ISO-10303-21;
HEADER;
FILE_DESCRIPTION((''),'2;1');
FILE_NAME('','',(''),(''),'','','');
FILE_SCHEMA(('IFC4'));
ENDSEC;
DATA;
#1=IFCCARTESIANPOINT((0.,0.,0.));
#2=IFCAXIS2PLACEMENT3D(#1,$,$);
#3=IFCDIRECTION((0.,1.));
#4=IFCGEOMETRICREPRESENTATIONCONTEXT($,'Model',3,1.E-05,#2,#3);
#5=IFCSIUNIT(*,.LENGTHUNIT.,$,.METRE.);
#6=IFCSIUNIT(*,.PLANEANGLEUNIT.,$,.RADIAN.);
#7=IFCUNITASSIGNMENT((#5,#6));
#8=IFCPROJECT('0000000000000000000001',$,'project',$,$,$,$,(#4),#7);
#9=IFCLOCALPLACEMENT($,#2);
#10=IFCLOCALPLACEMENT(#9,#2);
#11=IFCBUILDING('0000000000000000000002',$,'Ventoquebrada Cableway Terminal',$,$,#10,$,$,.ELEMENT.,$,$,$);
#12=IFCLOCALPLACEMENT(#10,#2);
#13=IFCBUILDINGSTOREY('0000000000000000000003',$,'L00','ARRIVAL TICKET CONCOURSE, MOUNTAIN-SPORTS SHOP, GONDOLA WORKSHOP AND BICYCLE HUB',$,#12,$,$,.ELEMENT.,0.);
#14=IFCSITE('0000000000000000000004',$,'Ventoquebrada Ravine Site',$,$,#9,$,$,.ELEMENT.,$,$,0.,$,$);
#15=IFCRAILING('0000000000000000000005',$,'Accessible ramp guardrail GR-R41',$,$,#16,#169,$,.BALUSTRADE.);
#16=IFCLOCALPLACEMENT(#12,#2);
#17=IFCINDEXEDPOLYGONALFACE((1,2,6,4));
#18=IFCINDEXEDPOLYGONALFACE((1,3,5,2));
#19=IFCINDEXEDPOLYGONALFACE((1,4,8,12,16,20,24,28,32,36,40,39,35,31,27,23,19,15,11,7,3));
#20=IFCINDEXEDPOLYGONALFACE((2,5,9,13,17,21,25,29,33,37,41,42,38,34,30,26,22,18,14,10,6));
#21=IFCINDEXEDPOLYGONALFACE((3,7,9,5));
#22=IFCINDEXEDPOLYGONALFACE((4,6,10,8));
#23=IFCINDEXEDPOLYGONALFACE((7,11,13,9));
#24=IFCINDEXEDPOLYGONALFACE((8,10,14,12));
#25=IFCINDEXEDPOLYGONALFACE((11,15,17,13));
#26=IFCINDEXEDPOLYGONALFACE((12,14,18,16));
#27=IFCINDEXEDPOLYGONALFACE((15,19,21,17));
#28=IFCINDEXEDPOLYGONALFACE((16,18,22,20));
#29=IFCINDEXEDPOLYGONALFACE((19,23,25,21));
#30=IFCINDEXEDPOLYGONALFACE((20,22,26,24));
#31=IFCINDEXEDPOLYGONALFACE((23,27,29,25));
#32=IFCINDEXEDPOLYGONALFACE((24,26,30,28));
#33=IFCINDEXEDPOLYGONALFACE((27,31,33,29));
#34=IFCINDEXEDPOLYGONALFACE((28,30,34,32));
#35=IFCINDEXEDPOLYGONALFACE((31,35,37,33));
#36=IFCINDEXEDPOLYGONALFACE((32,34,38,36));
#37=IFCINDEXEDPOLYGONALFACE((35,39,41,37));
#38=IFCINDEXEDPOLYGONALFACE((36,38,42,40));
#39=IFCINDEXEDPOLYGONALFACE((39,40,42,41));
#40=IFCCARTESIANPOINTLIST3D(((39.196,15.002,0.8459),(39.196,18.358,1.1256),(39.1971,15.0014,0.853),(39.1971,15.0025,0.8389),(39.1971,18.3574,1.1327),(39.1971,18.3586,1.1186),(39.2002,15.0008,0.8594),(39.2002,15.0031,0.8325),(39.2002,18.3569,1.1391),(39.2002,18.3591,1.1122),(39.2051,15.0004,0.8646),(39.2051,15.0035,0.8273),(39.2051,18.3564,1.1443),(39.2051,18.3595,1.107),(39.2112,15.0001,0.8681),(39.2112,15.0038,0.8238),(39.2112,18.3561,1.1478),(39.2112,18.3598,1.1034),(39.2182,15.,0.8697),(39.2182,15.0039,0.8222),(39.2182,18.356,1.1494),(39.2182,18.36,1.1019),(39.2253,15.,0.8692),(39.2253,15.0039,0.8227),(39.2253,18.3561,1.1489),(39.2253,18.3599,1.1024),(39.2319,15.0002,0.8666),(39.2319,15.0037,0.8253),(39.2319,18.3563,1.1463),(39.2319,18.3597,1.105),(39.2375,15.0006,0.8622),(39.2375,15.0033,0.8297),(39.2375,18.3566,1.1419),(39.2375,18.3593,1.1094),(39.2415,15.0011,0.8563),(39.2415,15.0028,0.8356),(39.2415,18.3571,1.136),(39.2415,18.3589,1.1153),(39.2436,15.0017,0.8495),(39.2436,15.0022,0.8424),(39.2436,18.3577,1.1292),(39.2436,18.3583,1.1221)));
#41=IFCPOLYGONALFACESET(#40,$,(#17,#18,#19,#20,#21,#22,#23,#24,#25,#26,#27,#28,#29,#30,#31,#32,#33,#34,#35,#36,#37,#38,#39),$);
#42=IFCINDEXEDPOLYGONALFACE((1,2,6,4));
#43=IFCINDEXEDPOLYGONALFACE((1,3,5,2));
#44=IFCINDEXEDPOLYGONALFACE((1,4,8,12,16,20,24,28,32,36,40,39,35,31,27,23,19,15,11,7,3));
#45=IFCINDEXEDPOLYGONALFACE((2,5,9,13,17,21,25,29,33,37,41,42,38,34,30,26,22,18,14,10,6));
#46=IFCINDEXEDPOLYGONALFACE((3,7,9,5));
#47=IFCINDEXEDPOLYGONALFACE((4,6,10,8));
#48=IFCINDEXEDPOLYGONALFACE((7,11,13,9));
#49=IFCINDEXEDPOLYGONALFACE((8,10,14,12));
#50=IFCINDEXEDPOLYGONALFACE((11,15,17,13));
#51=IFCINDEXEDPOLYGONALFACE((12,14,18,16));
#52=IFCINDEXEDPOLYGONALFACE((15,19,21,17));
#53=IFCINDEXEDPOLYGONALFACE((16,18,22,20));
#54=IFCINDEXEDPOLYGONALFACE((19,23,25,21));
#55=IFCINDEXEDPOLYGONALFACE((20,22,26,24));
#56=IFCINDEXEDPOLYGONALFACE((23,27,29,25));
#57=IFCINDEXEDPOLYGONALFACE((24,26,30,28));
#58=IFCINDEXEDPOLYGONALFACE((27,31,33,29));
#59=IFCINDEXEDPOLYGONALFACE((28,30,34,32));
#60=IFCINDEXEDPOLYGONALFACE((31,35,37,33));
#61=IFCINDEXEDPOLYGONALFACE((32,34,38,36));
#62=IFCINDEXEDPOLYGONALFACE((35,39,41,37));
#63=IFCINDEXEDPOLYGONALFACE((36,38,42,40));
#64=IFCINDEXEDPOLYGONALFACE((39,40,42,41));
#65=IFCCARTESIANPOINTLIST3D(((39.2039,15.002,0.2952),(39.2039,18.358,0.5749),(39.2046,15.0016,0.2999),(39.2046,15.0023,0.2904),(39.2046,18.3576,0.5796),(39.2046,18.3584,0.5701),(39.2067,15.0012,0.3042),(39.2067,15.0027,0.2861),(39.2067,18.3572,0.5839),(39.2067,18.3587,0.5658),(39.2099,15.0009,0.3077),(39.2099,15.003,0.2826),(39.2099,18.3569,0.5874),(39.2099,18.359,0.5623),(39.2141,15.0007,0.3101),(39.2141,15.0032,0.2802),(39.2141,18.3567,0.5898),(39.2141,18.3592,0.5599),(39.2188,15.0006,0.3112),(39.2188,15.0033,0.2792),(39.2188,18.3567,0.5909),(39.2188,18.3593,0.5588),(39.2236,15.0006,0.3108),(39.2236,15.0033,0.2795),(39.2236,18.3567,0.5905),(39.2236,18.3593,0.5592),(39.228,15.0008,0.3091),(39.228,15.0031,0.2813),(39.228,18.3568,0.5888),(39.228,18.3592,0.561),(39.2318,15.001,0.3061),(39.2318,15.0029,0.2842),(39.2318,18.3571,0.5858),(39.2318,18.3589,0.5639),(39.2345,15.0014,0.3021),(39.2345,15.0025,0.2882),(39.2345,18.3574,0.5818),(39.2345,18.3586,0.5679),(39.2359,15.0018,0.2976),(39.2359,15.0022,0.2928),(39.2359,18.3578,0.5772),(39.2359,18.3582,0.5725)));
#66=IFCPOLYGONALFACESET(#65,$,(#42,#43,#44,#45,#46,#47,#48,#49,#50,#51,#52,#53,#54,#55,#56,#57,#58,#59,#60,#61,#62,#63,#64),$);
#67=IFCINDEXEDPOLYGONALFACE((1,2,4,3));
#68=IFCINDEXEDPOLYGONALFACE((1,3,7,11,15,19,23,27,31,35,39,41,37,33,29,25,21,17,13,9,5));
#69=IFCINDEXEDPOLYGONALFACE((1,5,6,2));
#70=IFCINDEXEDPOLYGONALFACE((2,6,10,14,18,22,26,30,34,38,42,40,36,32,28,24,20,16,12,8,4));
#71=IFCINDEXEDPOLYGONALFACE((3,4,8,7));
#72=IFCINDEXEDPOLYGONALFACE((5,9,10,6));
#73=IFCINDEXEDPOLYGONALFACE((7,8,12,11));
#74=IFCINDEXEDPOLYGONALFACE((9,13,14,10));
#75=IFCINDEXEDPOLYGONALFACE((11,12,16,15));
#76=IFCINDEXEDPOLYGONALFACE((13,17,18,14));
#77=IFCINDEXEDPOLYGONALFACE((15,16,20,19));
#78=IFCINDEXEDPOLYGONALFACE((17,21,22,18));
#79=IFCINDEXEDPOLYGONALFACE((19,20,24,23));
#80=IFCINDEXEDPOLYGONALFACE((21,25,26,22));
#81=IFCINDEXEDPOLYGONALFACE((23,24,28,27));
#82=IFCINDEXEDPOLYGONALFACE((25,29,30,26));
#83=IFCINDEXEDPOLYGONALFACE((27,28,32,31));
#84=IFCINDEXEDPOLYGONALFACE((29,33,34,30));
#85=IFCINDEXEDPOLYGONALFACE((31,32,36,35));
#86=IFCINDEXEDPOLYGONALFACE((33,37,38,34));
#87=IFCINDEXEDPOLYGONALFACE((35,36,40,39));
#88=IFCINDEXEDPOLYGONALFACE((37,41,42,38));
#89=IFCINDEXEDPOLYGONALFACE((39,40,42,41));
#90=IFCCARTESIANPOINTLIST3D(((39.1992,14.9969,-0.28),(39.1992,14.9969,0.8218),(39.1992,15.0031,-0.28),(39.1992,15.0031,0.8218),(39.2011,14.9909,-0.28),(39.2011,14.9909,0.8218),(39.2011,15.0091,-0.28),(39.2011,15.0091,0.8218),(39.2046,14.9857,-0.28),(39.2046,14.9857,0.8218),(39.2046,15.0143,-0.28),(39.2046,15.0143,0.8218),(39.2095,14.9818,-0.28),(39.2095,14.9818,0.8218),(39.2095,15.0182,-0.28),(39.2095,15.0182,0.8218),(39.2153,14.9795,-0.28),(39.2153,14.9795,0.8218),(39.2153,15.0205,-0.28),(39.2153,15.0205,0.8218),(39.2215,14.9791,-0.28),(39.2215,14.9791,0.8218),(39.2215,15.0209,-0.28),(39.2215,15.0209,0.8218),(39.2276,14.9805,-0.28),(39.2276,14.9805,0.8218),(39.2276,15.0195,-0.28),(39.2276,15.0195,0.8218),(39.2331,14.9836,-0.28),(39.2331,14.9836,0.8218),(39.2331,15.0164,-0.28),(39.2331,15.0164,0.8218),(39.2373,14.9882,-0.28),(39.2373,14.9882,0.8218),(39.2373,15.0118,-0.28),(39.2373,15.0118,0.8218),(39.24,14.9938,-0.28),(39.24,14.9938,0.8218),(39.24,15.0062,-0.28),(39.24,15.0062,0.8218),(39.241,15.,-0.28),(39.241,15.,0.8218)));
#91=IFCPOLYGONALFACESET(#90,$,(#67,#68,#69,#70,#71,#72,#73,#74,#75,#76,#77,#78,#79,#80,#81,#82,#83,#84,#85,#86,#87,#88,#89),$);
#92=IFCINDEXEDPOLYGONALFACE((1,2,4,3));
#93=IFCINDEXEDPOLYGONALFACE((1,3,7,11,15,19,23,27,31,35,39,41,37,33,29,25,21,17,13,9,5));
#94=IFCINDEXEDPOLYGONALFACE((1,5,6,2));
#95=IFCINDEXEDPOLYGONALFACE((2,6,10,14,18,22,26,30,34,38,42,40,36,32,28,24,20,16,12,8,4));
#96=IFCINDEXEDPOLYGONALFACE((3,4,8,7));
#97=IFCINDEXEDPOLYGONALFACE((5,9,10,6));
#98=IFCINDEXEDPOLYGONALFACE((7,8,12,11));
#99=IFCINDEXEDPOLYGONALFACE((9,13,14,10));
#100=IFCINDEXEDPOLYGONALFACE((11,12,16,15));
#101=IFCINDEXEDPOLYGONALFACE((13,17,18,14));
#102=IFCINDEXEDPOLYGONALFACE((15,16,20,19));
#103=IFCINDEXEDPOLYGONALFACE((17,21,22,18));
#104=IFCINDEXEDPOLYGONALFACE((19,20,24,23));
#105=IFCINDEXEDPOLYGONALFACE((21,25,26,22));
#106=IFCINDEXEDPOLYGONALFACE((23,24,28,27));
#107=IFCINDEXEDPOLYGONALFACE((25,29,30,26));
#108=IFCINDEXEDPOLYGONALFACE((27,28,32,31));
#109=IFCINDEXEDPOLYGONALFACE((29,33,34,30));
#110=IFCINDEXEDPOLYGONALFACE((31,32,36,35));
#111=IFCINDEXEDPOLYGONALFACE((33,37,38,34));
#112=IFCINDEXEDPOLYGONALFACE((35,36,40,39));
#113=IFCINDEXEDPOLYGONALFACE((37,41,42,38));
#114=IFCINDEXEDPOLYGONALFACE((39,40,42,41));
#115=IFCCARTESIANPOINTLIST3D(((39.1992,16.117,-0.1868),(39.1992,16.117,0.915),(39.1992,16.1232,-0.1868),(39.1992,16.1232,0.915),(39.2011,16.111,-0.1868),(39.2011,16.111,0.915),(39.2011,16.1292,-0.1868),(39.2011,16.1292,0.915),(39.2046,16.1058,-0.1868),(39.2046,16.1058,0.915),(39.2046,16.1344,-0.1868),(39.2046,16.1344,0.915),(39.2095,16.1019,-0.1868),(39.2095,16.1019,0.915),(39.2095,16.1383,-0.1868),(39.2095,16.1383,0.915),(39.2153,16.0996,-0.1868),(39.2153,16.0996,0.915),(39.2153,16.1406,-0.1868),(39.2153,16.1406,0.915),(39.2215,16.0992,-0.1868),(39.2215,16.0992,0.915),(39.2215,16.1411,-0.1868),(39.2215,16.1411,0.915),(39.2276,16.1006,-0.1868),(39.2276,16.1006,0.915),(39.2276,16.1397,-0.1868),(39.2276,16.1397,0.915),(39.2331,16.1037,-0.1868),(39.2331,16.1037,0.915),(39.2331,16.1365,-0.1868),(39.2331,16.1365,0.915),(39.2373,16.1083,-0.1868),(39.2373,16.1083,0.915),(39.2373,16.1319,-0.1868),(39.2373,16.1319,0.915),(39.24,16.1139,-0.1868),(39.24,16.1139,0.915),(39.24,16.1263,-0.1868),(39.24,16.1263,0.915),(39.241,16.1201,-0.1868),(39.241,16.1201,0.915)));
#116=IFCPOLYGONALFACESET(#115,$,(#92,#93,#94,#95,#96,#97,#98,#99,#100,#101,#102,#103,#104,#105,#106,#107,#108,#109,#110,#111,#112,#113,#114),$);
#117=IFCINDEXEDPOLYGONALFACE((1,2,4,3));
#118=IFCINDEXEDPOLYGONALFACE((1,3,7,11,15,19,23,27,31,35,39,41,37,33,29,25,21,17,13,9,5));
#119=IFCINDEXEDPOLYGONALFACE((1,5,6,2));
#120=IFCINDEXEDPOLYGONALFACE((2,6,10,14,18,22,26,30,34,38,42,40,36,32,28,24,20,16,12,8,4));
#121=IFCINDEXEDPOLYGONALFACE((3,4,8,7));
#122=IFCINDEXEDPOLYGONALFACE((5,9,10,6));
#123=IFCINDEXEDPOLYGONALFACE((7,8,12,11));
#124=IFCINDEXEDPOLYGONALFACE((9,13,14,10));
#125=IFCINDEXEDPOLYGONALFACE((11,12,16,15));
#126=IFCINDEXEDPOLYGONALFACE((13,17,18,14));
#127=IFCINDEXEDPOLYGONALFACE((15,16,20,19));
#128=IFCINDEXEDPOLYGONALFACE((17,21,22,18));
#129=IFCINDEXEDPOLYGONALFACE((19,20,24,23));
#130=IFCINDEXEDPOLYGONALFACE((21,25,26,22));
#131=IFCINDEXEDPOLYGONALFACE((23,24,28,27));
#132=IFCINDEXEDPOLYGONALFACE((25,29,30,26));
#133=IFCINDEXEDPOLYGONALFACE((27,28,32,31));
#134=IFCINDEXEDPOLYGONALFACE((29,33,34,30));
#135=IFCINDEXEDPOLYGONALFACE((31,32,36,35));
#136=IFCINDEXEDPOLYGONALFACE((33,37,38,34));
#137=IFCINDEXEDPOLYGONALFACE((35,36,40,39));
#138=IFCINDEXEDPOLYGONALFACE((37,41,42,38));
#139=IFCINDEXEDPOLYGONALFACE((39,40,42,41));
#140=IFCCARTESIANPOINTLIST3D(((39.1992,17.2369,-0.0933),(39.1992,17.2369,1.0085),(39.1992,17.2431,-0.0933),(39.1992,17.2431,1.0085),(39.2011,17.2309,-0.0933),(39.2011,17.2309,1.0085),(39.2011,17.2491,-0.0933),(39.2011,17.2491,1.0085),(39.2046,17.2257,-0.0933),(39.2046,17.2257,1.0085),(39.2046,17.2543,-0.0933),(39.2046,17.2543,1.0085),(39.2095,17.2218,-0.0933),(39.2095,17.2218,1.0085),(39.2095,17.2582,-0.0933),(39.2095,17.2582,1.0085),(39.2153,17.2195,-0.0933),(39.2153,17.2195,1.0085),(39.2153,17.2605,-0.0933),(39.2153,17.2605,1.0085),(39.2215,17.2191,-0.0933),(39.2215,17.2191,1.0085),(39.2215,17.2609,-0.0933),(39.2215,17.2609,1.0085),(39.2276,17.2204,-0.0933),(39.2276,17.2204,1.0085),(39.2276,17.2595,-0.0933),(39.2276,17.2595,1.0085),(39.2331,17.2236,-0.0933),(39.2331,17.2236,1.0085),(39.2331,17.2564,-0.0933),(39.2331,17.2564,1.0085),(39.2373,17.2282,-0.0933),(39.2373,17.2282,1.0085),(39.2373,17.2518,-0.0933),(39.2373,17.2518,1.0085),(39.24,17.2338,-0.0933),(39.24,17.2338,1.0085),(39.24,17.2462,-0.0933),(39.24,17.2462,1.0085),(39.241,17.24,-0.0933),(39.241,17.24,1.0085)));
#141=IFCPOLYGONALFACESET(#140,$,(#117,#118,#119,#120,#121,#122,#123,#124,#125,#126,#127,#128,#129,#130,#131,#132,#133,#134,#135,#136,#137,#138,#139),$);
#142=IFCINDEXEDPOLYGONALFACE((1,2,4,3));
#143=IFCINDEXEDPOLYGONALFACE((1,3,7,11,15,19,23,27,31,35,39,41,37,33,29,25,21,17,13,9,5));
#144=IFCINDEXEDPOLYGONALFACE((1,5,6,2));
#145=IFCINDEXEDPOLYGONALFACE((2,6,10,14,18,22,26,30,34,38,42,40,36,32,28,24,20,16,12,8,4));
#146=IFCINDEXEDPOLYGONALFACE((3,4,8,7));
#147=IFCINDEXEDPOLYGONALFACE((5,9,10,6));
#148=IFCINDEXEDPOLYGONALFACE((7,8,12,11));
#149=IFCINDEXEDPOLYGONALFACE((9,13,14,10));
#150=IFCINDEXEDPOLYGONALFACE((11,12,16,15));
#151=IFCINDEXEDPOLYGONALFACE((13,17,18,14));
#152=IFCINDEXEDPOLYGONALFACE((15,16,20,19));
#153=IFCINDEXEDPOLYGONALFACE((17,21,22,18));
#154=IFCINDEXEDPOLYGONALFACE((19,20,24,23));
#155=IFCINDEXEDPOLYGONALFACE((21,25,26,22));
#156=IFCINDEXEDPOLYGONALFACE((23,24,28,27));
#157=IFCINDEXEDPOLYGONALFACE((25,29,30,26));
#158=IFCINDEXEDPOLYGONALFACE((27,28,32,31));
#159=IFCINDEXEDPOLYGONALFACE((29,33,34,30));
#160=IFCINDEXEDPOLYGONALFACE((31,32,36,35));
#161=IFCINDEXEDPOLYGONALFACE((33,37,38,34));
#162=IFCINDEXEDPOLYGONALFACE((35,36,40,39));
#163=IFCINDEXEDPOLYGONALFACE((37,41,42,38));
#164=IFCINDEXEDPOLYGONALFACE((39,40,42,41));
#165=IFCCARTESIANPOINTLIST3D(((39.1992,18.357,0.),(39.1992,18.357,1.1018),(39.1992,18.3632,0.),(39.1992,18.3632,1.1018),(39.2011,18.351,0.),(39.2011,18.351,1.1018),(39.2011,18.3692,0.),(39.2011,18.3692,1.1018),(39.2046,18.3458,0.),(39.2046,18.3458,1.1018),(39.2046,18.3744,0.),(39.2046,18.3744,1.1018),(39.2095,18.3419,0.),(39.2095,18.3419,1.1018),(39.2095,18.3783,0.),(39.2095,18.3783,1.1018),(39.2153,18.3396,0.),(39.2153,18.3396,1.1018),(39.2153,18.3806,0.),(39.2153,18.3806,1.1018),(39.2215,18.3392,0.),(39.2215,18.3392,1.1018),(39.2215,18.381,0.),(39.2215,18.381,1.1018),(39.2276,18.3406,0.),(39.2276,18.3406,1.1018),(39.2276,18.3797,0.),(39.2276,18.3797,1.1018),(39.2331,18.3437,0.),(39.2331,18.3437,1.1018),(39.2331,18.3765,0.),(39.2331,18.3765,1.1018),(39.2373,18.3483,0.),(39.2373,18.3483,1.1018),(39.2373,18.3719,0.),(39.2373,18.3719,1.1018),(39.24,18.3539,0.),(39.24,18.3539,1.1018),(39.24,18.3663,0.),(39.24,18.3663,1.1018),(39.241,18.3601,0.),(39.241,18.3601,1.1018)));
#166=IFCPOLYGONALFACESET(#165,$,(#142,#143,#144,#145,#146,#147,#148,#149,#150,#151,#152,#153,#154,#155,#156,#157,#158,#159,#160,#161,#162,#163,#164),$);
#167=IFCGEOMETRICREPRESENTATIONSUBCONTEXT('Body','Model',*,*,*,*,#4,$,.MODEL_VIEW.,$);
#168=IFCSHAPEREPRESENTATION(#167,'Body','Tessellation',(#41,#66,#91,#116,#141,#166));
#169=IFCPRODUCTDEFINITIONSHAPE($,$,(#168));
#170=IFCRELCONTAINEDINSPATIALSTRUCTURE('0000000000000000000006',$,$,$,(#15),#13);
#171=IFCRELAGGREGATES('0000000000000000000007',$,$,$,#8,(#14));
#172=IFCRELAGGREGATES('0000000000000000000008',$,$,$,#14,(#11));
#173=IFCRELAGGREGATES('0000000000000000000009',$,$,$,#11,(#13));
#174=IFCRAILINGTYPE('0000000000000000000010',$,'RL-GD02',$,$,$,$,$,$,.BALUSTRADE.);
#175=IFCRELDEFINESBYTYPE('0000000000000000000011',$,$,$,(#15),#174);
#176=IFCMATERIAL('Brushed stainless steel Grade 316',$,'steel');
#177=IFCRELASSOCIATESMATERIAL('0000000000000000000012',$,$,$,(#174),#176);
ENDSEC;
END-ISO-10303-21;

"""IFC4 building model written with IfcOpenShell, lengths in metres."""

from ifc_helpers import new_model, si_unit, direction, frame, origin, origin_2d, place, context, subcontext, project, spatial, circle, extrude, material, type_object, element, save


model = new_model("IFC4")

# Units and contexts
model_context = context("Model", 3, precision=1e-05, world=origin(), true_north=direction((0.0, 1.0)))
body_context = subcontext(model_context, "Body", "Model", "MODEL_VIEW")
ifc_project = project(units=[si_unit("LENGTHUNIT", "METRE"), si_unit("PLANEANGLEUNIT", "RADIAN")], contexts=[model_context])

# Site, building, storey
site_placement = place(None, origin())
site = spatial("IfcSite", under=ifc_project, at=site_placement, Name="Ventoquebrada Ravine Site", CompositionType="ELEMENT", RefElevation=0.0)
building_placement = place(site_placement, origin())
building = spatial("IfcBuilding", under=site, at=building_placement, Name="Ventoquebrada Cableway Terminal", CompositionType="ELEMENT")
storey_placement = place(building_placement, origin())
storey = spatial("IfcBuildingStorey", under=building, at=storey_placement, Name="L00", Description="ARRIVAL TICKET CONCOURSE, MOUNTAIN-SPORTS SHOP, GONDOLA WORKSHOP AND BICYCLE HUB", CompositionType="ELEMENT", Elevation=0.0)

# Railing
ifc_material_1 = material(Name="Brushed stainless steel Grade 316", Category="steel")
railing_type = type_object("IfcRailingType", Name="RL-GD02", PredefinedType="BALUSTRADE", material=ifc_material_1)
for number, where, name in (
    (1, (39.22, 15.0, -0.28), "Accessible ramp guardrail GR-R41"),
):
    element("IfcRailing", number, at=place(storey_placement, frame(where)), inside=storey, type_object=railing_type, Name=name, PredefinedType="BALUSTRADE", context=body_context, shape_type="SweptSolid", body=[
        extrude(circle(Radius=0.0239, at=origin_2d()), frame((0.0, 0.002, 1.126), z_axis=(0.0, 0.996545, 0.083051), x_axis=(-1.0, 0.0, 0.0)), (0.0, 0.0, 1.0), 3.3677),
        extrude(circle(Radius=0.0161, at=origin_2d()), frame((0.0, 0.002, 0.5752), z_axis=(0.0, 0.996545, 0.083051), x_axis=(-1.0, 0.0, 0.0)), (0.0, 0.0, 1.0), 3.3677),
        extrude(circle(Radius=0.021, at=origin_2d()), origin(), (0.0, 0.0, 1.0), 1.1018),
        extrude(circle(Radius=0.021, at=origin_2d()), frame((0.0, 1.1201, 0.0933)), (0.0, 0.0, 1.0), 1.1018),
        extrude(circle(Radius=0.021, at=origin_2d()), frame((0.0, 2.24, 0.1868)), (0.0, 0.0, 1.0), 1.1018),
        extrude(circle(Radius=0.021, at=origin_2d()), frame((0.0, 3.3601, 0.28)), (0.0, 0.0, 1.0), 1.1018),
    ])

save(model, "model.ifc")
